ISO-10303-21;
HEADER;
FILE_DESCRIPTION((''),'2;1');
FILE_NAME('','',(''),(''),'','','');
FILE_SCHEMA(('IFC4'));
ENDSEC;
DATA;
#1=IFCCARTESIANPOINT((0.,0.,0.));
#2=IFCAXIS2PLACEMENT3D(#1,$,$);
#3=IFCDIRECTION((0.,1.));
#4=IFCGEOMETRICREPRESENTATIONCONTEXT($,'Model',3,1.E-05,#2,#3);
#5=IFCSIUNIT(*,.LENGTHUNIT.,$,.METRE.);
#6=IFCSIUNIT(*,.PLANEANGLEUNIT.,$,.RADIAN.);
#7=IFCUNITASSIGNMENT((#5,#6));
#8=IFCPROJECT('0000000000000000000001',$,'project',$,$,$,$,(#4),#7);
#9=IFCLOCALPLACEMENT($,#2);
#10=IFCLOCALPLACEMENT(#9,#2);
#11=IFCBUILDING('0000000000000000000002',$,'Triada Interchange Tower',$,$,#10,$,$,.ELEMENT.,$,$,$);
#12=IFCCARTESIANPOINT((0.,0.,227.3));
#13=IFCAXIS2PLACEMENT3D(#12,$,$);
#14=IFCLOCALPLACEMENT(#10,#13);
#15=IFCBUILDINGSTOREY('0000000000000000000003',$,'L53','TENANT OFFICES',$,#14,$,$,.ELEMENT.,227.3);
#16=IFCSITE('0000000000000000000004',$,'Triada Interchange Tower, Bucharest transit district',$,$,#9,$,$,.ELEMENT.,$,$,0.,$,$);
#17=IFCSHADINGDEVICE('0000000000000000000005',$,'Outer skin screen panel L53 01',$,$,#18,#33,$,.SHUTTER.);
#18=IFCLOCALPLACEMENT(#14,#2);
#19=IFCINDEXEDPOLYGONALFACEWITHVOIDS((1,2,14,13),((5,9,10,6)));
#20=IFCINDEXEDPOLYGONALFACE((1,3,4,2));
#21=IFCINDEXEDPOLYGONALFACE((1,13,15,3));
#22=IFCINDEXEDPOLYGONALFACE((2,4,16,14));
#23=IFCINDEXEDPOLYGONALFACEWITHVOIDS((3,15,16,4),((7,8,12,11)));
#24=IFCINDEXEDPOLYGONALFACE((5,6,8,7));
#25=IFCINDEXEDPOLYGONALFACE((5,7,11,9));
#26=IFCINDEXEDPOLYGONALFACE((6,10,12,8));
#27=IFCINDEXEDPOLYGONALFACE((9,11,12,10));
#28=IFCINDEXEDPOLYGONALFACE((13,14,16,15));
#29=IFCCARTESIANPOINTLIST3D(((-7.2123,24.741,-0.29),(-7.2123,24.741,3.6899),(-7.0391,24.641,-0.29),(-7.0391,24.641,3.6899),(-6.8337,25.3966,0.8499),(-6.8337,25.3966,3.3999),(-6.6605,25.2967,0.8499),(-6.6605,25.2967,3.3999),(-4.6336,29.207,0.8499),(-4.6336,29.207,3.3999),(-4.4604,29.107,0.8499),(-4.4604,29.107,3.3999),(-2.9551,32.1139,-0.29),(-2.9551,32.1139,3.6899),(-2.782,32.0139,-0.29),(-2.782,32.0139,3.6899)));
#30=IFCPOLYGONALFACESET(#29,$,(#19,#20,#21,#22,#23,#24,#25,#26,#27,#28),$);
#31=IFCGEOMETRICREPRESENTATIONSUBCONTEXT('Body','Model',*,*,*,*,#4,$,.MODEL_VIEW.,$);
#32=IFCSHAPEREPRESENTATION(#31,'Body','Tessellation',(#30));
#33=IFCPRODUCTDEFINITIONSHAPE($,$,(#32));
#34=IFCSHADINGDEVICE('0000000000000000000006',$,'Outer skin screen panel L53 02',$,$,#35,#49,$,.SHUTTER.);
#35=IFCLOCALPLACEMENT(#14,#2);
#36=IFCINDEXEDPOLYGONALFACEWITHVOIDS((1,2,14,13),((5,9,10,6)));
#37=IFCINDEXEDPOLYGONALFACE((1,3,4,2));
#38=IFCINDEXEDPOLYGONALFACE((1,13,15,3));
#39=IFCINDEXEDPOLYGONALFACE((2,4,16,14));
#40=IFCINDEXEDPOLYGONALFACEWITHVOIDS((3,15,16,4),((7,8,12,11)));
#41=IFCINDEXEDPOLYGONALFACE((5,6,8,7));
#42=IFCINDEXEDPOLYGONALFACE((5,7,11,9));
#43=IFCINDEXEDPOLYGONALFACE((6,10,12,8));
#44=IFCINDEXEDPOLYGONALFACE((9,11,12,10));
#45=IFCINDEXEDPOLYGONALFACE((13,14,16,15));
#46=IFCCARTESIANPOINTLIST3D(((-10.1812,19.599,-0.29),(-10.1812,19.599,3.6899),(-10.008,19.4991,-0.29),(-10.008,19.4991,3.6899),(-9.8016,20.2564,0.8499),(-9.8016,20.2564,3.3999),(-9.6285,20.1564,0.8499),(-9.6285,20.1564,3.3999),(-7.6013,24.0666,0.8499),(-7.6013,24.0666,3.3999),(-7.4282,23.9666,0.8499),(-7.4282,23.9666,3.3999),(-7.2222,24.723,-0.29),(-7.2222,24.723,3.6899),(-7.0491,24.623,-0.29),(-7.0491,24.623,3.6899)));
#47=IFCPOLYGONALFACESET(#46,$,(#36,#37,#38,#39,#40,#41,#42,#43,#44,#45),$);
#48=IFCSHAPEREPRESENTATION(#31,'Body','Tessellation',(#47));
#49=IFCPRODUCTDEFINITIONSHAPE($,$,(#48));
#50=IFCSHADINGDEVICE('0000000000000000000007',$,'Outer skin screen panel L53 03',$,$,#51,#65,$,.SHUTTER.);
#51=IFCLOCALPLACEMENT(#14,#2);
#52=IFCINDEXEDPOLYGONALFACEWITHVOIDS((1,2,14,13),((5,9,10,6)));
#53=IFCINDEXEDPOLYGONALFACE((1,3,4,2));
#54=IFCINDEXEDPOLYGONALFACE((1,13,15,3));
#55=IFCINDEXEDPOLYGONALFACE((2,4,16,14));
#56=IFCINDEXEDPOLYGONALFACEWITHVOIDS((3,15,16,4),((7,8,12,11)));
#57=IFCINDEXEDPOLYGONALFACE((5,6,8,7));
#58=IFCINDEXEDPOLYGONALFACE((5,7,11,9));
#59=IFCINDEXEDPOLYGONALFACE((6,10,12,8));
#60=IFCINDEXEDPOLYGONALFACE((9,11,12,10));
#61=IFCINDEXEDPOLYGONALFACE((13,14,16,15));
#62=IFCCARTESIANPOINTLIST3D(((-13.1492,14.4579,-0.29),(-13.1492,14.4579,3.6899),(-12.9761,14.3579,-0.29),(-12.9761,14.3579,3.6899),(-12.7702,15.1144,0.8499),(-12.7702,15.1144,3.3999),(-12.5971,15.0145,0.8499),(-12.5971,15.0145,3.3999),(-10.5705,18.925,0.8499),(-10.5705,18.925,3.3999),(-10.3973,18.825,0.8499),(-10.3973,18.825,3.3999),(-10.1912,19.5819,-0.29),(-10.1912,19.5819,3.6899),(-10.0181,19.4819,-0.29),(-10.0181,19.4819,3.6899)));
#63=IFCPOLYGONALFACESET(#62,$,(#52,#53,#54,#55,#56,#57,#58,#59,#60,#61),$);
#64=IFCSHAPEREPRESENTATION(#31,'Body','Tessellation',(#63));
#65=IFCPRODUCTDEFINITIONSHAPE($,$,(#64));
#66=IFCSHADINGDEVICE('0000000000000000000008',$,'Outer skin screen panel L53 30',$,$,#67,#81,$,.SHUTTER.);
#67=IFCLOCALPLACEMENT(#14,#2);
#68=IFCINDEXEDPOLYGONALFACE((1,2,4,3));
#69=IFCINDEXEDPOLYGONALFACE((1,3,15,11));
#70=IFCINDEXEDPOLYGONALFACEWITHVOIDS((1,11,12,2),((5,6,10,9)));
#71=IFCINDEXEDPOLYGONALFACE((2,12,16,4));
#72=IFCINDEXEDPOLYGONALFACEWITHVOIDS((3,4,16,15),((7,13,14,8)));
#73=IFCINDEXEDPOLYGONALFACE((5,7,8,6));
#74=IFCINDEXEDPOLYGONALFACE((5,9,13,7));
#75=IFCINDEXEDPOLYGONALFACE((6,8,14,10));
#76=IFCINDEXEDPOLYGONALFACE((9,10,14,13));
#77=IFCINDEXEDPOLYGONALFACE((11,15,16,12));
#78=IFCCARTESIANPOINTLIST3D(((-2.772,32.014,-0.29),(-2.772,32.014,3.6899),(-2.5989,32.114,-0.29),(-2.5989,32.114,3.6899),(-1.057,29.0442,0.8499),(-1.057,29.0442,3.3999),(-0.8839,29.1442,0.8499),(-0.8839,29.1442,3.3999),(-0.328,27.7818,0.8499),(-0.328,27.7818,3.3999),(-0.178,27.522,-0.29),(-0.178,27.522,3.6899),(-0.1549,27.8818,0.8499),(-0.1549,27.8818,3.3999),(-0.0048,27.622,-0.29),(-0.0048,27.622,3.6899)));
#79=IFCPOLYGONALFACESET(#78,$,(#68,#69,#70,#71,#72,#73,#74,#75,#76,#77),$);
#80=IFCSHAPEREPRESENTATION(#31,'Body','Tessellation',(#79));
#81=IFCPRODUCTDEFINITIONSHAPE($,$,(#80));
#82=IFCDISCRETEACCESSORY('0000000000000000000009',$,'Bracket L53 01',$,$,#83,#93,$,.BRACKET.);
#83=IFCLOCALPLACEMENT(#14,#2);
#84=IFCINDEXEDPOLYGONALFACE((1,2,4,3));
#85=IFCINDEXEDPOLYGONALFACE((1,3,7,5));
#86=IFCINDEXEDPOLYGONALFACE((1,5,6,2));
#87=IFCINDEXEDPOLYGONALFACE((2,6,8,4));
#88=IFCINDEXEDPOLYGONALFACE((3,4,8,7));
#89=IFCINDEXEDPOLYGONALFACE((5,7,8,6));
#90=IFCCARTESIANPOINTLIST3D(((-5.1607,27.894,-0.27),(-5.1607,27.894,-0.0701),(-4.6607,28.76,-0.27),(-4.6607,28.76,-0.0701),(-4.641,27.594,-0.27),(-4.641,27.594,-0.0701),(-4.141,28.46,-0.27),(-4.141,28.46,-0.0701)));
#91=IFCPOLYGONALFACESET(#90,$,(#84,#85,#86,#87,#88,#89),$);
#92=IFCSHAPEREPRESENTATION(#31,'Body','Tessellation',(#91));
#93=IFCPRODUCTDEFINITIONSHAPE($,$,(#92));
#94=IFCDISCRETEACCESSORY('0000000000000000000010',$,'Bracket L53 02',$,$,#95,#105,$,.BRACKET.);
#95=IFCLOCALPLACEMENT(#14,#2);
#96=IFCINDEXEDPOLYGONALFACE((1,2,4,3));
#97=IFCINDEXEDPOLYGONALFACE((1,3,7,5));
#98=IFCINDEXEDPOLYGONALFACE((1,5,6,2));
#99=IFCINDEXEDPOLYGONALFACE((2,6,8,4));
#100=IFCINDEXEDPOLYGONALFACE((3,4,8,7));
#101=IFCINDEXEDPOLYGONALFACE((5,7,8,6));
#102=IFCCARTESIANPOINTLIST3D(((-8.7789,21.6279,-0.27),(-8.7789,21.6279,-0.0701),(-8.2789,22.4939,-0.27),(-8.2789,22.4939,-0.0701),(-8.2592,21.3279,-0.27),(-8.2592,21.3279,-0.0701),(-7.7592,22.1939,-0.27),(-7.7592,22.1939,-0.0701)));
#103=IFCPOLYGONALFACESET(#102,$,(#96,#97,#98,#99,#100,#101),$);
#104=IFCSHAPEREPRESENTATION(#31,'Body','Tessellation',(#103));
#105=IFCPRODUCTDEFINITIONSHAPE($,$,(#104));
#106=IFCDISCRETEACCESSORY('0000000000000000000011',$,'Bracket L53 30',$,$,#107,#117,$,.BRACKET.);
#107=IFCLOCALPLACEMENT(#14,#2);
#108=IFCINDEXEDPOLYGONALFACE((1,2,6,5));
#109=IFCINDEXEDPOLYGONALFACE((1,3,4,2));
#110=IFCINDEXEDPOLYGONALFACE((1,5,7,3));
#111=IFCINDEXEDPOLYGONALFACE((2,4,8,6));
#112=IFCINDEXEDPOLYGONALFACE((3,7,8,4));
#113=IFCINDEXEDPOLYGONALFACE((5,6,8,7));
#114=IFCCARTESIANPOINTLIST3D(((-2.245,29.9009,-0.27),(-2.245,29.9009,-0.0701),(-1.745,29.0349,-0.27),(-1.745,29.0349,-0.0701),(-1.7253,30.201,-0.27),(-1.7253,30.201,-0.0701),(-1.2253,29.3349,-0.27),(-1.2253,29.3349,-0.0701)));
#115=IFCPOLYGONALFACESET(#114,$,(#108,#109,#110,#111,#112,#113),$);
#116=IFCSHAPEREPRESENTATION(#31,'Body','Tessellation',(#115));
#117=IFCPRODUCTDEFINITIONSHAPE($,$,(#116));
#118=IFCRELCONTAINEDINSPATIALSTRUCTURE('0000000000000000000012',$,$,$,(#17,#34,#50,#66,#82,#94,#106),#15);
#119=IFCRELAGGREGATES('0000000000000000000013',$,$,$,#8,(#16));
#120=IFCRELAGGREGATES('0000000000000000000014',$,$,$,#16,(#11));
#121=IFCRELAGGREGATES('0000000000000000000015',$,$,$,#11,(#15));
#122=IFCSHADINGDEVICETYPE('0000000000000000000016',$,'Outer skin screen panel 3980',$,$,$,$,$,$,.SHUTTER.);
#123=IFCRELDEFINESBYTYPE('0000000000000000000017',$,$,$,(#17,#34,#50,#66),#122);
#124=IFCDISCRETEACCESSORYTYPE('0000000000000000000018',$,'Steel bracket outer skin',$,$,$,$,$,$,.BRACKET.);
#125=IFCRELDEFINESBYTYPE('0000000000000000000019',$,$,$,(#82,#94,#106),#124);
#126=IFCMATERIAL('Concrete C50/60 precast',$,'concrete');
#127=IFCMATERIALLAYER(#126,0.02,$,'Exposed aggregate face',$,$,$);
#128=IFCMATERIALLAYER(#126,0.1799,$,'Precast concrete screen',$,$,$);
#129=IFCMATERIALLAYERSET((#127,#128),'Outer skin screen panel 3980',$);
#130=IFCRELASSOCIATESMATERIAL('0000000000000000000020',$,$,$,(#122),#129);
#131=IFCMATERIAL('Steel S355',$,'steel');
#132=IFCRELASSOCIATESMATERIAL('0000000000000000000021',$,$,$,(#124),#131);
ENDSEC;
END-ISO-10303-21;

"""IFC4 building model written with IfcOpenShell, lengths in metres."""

from ifc_helpers import new_model, si_unit, direction, frame, origin, origin_2d, place, context, subcontext, project, spatial, polyline, rectangle, outline, extrude, material, layer, layer_set, type_object, element, save


model = new_model("IFC4")

# Units and contexts
model_context = context("Model", 3, precision=1e-05, world=origin(), true_north=direction((0.0, 1.0)))
body_context = subcontext(model_context, "Body", "Model", "MODEL_VIEW")
ifc_project = project(units=[si_unit("LENGTHUNIT", "METRE"), si_unit("PLANEANGLEUNIT", "RADIAN")], contexts=[model_context])

# Site, building, storey
site_placement = place(None, origin())
site = spatial("IfcSite", under=ifc_project, at=site_placement, Name="Triada Interchange Tower, Bucharest transit district", CompositionType="ELEMENT", RefElevation=0.0)
building_placement = place(site_placement, origin())
building = spatial("IfcBuilding", under=site, at=building_placement, Name="Triada Interchange Tower", CompositionType="ELEMENT")
storey_placement = place(building_placement, frame((0.0, 0.0, 227.3)))
storey = spatial("IfcBuildingStorey", under=building, at=storey_placement, Name="L53", Description="TENANT OFFICES", CompositionType="ELEMENT", Elevation=227.3)

# Shading devices
ifc_material_1 = material(Name="Concrete C50/60 precast", Category="concrete")
ifc_layer_1 = layer(ifc_material_1, 0.02, Name="Exposed aggregate face")
ifc_layer_2 = layer(ifc_material_1, 0.1799, Name="Precast concrete screen")
ifc_layer_set_1 = layer_set([ifc_layer_1, ifc_layer_2], Name="Outer skin screen panel 3980")
shading_device_type = type_object("IfcShadingDeviceType", Name="Outer skin screen panel 3980", PredefinedType="SHUTTER", material=ifc_layer_set_1)
shading_device_1_placement = place(storey_placement, frame((-2.782, 32.0139, -0.29), z_axis=(0.0, 0.0, 1.0), x_axis=(-0.500034, -0.866006, 0.0)))
element("IfcShadingDevice", 1, at=shading_device_1_placement, inside=storey, type_object=shading_device_type, Name="Outer skin screen panel L53 01", PredefinedType="SHUTTER", context=body_context, shape_type="SweptSolid", body=[
    extrude(outline(polyline([(0.0, 0.0), (8.5137, 0.0), (8.5137, 3.98), (0.0, 3.98), (0.0, 0.0)]), holes=[polyline([(3.3567, 1.1399), (3.3567, 3.6899), (7.7566, 3.6899), (7.7566, 1.1399), (3.3567, 1.1399)])]), frame((0.0, 0.0, 0.0), z_axis=(0.0, -1.0, 0.0), x_axis=(1.0, 0.0, 0.0)), (0.0, 0.0, 1.0), 0.2),
])
shading_device_2_placement = place(storey_placement, frame((-7.0491, 24.623, -0.29), z_axis=(0.0, 0.0, 1.0), x_axis=(-0.50008, -0.865979, 0.0)))
element("IfcShadingDevice", 2, at=shading_device_2_placement, inside=storey, type_object=shading_device_type, Name="Outer skin screen panel L53 02", PredefinedType="SHUTTER", context=body_context, shape_type="SweptSolid", body=[
    extrude(outline(polyline([(0.0, 0.0), (5.917, 0.0), (5.917, 3.98), (0.0, 3.98), (0.0, 0.0)]), holes=[polyline([(0.7581, 1.1399), (0.7581, 3.6899), (5.158, 3.6899), (5.158, 1.1399), (0.7581, 1.1399)])]), frame((0.0, 0.0, 0.0), z_axis=(0.0, -1.0, 0.0), x_axis=(1.0, 0.0, 0.0)), (0.0, 0.0, 1.0), 0.2),
])
shading_device_3_placement = place(storey_placement, frame((-10.0181, 19.4819, -0.29), z_axis=(0.0, 0.0, 1.0), x_axis=(-0.499956, -0.866051, 0.0)))
element("IfcShadingDevice", 3, at=shading_device_3_placement, inside=storey, type_object=shading_device_type, Name="Outer skin screen panel L53 03", PredefinedType="SHUTTER", context=body_context, shape_type="SweptSolid", body=[
    extrude(outline(polyline([(0.0, 0.0), (5.9165, 0.0), (5.9165, 3.98), (0.0, 3.98), (0.0, 0.0)]), holes=[polyline([(0.7585, 1.1399), (0.7585, 3.6899), (5.1584, 3.6899), (5.1584, 1.1399), (0.7585, 1.1399)])]), frame((0.0, 0.0, 0.0), z_axis=(0.0, -1.0, 0.0), x_axis=(1.0, 0.0, 0.0)), (0.0, 0.0, 1.0), 0.2),
])
shading_device_4_placement = place(storey_placement, frame((-0.178, 27.522, -0.29), z_axis=(0.0, 0.0, 1.0), x_axis=(-0.500082, 0.865978, 0.0)))
element("IfcShadingDevice", 4, at=shading_device_4_placement, inside=storey, type_object=shading_device_type, Name="Outer skin screen panel L53 30", PredefinedType="SHUTTER", context=body_context, shape_type="SweptSolid", body=[
    extrude(outline(polyline([(0.0, 0.0), (5.1873, 0.0), (5.1873, 3.98), (0.0, 3.98), (0.0, 0.0)]), holes=[polyline([(0.3, 1.1399), (0.3, 3.6899), (1.7578, 3.6899), (1.7578, 1.1399), (0.3, 1.1399)])]), frame((0.0, 0.0, 0.0), z_axis=(0.0, -1.0, 0.0), x_axis=(1.0, 0.0, 0.0)), (0.0, 0.0, 1.0), 0.2),
])

# Discrete accessories
ifc_material_2 = material(Name="Steel S355", Category="steel")
discrete_accessory_type = type_object("IfcDiscreteAccessoryType", Name="Steel bracket outer skin", PredefinedType="BRACKET", material=ifc_material_2)
for number, where, z_axis, x_axis, name in (
    (5, (-4.6509, 28.177, -0.27), (0.0, 0.0, 1.0), (-0.866014, 0.500019, 0.0), "Bracket L53 01"),
    (6, (-8.269, 21.9109, -0.27), (0.0, 0.0, 1.0), (-0.866014, 0.500019, 0.0), "Bracket L53 02"),
    (7, (-1.7351, 29.6179, -0.27), (0.0, 0.0, 1.0), (0.86603, 0.499993, 0.0), "Bracket L53 30"),
):
    element("IfcDiscreteAccessory", number, at=place(storey_placement, frame(where, z_axis=z_axis, x_axis=x_axis)), inside=storey, type_object=discrete_accessory_type, Name=name, PredefinedType="BRACKET", context=body_context, shape_type="SweptSolid", body=[
        extrude(rectangle(XDim=0.6001, YDim=1.0, at=origin_2d()), origin(), (0.0, 0.0, 1.0), 0.2),
    ])

save(model, "model.ifc")
